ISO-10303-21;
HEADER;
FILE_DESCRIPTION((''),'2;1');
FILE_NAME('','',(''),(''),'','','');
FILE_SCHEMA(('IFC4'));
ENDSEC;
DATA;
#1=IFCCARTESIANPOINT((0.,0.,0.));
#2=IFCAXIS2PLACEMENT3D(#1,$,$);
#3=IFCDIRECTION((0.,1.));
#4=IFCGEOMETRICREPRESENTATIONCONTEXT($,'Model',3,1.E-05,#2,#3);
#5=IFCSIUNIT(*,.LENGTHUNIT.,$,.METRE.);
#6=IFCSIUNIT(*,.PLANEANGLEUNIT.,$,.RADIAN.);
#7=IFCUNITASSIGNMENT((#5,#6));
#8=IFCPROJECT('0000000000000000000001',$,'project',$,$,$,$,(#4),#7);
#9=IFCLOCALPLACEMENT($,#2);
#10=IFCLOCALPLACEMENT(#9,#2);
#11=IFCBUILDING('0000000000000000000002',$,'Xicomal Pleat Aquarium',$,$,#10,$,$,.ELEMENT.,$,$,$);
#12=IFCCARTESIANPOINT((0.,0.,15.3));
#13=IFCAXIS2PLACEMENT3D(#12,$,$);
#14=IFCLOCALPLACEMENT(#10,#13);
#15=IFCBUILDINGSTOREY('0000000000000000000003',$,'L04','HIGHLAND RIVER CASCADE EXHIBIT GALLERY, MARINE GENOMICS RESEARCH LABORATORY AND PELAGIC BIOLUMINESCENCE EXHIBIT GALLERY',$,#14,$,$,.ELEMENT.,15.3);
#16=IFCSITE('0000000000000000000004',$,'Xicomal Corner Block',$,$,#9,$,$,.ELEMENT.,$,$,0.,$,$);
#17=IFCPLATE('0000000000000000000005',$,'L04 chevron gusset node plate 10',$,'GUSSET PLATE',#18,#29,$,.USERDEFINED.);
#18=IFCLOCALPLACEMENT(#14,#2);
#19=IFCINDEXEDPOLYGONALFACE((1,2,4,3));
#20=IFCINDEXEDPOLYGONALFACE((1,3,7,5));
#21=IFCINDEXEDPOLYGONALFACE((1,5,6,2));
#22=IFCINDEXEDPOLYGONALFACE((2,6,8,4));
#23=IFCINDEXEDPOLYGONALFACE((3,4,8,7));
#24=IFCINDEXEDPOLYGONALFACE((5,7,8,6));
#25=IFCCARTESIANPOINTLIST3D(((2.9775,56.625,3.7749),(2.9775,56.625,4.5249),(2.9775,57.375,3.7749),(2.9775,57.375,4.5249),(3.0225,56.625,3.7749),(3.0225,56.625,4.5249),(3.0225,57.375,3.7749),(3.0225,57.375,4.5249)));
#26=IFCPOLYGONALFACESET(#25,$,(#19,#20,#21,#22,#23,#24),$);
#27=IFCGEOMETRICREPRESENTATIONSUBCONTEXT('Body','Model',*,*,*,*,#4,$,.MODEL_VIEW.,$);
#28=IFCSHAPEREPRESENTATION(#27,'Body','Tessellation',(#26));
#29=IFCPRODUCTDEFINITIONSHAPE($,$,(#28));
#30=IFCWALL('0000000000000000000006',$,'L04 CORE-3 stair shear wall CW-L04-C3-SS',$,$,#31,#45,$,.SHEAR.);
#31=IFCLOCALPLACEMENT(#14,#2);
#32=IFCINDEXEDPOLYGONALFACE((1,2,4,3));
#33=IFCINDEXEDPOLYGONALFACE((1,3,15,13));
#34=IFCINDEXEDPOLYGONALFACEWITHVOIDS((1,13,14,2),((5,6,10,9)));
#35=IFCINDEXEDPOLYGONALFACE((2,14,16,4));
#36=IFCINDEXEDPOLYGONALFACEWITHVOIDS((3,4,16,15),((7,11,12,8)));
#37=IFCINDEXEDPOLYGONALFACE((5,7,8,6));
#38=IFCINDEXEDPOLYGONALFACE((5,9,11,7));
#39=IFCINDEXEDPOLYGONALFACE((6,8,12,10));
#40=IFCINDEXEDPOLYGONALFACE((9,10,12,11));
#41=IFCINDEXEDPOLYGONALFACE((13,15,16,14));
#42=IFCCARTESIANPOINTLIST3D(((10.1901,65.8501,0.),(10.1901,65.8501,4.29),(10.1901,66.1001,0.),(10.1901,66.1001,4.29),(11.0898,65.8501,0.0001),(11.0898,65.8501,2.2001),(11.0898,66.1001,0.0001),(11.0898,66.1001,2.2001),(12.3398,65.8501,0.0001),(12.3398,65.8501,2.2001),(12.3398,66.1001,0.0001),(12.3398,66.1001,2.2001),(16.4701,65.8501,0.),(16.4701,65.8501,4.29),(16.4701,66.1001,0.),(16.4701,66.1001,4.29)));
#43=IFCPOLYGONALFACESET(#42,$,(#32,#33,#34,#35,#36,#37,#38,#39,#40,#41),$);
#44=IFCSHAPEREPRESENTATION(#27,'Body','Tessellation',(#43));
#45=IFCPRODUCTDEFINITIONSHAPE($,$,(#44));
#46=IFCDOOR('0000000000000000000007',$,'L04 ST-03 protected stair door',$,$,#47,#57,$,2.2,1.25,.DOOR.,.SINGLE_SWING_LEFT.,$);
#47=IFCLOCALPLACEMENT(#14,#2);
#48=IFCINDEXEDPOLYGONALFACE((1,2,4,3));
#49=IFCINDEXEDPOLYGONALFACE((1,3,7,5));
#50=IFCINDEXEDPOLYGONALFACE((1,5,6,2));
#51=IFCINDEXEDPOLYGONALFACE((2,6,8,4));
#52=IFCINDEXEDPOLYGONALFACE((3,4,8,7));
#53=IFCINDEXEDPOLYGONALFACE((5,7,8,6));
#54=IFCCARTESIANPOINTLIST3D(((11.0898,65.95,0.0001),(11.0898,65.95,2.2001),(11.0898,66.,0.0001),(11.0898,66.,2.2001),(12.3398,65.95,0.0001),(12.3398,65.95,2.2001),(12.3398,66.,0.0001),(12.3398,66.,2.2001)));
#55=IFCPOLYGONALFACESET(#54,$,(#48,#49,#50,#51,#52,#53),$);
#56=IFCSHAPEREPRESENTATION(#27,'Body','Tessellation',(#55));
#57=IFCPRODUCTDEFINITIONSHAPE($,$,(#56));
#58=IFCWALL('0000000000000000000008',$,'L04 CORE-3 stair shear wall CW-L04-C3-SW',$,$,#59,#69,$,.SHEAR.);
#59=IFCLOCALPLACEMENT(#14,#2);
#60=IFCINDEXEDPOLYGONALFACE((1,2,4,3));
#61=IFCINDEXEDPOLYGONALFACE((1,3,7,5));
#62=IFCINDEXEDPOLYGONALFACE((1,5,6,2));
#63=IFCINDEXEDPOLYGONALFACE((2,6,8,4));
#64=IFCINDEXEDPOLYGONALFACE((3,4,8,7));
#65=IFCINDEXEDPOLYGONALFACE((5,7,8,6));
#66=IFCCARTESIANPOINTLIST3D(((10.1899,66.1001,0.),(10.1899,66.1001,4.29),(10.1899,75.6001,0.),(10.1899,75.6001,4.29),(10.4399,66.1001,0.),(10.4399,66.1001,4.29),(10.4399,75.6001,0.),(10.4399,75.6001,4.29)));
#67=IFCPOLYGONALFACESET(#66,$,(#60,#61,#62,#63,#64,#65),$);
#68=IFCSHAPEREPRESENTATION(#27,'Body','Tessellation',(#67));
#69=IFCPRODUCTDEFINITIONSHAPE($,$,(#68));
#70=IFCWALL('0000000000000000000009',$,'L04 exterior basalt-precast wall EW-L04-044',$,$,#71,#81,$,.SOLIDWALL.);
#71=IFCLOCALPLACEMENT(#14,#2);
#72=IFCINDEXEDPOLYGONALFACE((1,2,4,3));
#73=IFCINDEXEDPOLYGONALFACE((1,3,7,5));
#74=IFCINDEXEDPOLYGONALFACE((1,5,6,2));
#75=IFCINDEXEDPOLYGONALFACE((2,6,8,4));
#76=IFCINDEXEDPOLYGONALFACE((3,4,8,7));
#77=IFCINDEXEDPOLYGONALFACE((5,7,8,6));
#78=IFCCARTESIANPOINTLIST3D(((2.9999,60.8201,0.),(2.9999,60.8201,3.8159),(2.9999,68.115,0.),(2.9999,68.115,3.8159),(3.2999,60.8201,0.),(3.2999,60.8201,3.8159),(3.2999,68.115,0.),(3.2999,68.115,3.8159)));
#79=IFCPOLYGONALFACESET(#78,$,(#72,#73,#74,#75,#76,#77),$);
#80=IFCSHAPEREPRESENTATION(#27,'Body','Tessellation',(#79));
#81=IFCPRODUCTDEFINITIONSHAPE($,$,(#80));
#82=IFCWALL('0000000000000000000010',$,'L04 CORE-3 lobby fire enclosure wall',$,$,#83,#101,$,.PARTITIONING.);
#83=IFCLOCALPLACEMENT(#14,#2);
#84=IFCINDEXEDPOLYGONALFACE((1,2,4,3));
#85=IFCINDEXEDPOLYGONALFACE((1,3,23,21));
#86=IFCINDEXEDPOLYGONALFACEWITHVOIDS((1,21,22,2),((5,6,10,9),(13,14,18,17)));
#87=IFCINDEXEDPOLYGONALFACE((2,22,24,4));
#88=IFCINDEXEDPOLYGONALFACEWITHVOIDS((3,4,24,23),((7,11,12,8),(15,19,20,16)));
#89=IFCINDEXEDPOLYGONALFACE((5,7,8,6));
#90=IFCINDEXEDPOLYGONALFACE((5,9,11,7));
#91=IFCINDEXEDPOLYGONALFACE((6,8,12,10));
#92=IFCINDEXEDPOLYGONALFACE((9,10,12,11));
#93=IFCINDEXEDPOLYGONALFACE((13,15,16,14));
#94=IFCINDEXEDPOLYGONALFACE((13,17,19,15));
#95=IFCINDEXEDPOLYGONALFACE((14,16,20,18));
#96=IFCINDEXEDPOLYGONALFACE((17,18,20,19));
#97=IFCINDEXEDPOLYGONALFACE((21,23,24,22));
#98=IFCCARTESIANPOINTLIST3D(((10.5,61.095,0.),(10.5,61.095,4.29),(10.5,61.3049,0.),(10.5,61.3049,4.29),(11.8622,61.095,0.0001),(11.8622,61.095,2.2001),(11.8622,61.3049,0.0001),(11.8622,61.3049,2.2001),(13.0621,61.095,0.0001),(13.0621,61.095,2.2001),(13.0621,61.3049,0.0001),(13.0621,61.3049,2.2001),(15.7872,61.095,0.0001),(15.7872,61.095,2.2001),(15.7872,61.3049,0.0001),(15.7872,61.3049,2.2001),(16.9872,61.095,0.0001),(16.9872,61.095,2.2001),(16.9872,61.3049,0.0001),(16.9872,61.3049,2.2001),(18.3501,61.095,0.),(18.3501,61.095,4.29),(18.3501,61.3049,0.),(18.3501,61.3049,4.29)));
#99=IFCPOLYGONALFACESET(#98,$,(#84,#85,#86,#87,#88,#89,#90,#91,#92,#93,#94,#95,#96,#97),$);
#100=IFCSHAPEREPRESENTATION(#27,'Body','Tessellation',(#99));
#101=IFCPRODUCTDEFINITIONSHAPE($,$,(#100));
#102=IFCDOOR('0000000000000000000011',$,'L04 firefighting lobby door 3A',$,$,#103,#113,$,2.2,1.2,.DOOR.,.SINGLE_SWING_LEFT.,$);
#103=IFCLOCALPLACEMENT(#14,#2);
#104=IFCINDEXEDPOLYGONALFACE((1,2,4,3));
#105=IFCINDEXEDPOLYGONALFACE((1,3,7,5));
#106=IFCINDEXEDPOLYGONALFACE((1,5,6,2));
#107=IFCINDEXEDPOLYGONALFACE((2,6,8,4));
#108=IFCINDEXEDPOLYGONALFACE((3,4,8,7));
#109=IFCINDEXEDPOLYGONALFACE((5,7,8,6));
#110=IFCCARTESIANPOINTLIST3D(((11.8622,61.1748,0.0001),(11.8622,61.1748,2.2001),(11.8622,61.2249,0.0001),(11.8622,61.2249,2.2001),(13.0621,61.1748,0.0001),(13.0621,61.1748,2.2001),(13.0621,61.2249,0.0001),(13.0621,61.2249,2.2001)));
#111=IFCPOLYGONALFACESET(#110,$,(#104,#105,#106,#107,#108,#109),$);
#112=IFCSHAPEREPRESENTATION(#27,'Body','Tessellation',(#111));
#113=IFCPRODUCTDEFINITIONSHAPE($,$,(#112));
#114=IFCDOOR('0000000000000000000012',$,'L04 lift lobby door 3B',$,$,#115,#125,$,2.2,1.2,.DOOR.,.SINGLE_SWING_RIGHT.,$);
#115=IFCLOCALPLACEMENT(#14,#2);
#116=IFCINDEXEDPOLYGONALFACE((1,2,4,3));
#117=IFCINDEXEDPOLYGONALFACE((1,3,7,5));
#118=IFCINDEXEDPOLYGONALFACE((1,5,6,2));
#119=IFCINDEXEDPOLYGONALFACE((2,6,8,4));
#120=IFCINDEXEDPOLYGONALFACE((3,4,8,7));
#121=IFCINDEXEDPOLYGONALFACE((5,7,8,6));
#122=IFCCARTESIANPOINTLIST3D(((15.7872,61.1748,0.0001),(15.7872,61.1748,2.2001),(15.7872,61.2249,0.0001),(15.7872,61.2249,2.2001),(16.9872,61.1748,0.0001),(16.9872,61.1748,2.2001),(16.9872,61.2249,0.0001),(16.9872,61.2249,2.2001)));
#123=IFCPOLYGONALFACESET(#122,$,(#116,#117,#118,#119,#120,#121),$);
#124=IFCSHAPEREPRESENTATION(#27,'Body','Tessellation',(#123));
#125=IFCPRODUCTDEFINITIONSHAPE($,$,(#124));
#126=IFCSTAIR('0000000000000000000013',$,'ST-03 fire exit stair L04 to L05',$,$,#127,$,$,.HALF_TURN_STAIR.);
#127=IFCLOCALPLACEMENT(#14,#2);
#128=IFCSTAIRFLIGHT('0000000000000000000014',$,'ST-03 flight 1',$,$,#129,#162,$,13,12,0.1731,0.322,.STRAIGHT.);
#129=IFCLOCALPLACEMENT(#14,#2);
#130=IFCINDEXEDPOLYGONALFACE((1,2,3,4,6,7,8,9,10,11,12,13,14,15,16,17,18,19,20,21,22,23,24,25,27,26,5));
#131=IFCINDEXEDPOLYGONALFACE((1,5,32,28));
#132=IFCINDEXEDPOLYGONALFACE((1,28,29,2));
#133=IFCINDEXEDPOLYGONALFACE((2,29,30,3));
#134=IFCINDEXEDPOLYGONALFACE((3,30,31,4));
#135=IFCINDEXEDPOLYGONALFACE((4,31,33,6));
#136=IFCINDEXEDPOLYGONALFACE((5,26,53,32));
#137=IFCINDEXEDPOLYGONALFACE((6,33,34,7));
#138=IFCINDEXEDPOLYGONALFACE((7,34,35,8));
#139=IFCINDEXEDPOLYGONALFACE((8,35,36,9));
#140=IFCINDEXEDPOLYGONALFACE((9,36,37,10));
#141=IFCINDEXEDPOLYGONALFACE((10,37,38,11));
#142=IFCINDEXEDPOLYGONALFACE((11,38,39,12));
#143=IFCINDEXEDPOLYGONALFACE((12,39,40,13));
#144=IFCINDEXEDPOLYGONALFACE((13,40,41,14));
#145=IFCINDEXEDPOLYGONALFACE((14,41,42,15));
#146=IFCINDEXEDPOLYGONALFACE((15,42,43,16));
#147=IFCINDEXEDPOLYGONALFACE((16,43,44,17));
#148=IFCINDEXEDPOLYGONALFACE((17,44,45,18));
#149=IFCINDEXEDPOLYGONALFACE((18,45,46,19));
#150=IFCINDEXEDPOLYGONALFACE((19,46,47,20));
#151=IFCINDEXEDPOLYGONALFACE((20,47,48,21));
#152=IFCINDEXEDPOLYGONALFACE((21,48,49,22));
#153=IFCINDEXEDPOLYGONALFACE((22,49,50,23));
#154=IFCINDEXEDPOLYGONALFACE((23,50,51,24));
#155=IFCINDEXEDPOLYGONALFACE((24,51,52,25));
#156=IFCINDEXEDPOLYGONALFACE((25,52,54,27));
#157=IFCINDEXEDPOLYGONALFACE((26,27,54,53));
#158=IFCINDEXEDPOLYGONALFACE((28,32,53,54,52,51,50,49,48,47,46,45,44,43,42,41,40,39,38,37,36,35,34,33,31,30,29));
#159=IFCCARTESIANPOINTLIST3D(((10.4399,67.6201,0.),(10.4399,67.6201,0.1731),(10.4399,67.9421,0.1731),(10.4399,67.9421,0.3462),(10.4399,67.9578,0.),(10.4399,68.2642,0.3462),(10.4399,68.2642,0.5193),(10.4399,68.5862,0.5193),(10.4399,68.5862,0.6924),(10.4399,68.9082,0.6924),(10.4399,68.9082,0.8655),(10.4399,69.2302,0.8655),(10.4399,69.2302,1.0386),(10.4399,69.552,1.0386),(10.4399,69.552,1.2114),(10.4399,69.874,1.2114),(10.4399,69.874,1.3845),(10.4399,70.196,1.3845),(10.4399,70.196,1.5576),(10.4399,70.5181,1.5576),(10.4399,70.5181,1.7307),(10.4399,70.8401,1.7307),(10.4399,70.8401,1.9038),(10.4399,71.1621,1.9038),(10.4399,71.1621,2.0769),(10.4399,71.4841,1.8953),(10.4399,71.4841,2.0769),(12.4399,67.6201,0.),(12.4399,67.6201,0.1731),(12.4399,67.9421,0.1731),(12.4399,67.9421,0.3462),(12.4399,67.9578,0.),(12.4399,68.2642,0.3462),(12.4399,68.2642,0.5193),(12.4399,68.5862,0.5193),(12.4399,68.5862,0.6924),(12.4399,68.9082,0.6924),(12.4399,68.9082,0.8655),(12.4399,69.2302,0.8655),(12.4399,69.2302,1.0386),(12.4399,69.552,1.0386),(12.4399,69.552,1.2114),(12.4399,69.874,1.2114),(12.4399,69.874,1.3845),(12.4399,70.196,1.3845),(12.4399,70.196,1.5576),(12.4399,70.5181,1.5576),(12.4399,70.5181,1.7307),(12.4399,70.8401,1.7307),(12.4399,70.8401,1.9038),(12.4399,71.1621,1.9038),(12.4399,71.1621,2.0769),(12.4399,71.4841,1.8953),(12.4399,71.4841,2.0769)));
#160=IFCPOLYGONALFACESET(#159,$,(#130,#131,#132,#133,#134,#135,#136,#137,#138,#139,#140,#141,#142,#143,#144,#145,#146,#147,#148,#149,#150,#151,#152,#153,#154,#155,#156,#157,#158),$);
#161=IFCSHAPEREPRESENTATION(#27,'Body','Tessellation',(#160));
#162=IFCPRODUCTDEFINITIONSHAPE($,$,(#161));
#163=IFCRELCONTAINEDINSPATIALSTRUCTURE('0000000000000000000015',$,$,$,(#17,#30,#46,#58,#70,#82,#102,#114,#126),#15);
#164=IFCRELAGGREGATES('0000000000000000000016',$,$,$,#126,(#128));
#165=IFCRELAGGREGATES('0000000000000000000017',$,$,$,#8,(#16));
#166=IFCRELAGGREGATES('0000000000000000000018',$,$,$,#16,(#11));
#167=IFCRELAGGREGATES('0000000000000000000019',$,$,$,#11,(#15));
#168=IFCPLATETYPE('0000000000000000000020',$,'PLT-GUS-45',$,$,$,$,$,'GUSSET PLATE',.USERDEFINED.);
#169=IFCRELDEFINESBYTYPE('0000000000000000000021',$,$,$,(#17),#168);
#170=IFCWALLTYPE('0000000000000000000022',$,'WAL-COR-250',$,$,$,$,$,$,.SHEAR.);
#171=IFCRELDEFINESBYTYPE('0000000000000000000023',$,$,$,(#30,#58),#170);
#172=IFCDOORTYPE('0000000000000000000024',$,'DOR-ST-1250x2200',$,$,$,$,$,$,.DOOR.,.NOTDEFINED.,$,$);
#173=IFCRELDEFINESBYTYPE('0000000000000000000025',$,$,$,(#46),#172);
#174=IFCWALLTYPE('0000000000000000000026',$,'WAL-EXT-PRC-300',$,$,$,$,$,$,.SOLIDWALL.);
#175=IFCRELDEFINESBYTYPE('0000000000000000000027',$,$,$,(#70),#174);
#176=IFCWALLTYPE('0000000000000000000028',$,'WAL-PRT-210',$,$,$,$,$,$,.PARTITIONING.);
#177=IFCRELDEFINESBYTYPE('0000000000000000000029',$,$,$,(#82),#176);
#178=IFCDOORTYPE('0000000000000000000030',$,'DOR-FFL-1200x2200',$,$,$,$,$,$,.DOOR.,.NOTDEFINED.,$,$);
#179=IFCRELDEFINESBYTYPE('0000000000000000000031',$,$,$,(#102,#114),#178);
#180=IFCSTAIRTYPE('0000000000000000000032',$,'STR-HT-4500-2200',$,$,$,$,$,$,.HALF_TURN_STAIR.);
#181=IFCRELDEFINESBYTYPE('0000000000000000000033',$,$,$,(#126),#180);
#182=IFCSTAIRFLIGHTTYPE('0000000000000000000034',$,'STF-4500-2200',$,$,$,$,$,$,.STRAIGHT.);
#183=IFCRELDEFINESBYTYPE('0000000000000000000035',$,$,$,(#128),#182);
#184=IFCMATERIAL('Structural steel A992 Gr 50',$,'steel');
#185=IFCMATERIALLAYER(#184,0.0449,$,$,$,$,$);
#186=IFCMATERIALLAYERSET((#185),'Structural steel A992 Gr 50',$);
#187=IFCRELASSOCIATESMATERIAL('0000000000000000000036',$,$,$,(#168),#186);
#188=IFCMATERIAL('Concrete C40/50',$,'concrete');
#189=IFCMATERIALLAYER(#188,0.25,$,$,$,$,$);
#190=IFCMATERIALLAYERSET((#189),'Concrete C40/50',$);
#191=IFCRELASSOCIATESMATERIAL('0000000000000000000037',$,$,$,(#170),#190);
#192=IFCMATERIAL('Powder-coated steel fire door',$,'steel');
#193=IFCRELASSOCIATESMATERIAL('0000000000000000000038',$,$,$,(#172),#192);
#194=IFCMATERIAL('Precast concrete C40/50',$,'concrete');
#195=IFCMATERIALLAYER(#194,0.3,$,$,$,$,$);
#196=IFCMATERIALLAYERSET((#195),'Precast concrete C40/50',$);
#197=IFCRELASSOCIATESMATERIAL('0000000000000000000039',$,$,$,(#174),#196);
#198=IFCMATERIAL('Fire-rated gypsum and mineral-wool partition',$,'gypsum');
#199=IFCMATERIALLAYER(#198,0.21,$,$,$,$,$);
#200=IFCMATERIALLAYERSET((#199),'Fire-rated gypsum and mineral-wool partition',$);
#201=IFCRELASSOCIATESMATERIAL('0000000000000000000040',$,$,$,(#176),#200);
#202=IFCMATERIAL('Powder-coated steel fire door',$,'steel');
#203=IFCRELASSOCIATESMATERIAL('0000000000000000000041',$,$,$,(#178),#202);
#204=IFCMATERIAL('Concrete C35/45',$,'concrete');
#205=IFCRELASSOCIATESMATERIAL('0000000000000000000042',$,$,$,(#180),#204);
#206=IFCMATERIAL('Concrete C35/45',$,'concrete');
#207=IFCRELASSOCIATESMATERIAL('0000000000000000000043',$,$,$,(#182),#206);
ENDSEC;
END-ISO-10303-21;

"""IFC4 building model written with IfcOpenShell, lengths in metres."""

from ifc_helpers import new_model, si_unit, direction, frame, frame_2d, origin, origin_2d, place, context, subcontext, project, spatial, polyline, rectangle, outline, extrude, material, layer, layer_set, type_object, element, fill, aggregate, save


model = new_model("IFC4")

# Units and contexts
model_context = context("Model", 3, precision=1e-05, world=origin(), true_north=direction((0.0, 1.0)))
body_context = subcontext(model_context, "Body", "Model", "MODEL_VIEW")
ifc_project = project(units=[si_unit("LENGTHUNIT", "METRE"), si_unit("PLANEANGLEUNIT", "RADIAN")], contexts=[model_context])

# Site, building, storey
site_placement = place(None, origin())
site = spatial("IfcSite", under=ifc_project, at=site_placement, Name="Xicomal Corner Block", CompositionType="ELEMENT", RefElevation=0.0)
building_placement = place(site_placement, origin())
building = spatial("IfcBuilding", under=site, at=building_placement, Name="Xicomal Pleat Aquarium", CompositionType="ELEMENT")
storey_placement = place(building_placement, frame((0.0, 0.0, 15.3)))
storey = spatial("IfcBuildingStorey", under=building, at=storey_placement, Name="L04", Description="HIGHLAND RIVER CASCADE EXHIBIT GALLERY, MARINE GENOMICS RESEARCH LABORATORY AND PELAGIC BIOLUMINESCENCE EXHIBIT GALLERY", CompositionType="ELEMENT", Elevation=15.3)

# Plate
ifc_material_1 = material(Name="Structural steel A992 Gr 50", Category="steel")
ifc_layer_1 = layer(ifc_material_1, 0.0449)
ifc_layer_set_1 = layer_set([ifc_layer_1], Name="Structural steel A992 Gr 50")
plate_type = type_object("IfcPlateType", Name="PLT-GUS-45", ElementType="GUSSET PLATE", PredefinedType="USERDEFINED", material=ifc_layer_set_1)
plate_placement = place(storey_placement, frame((3.0, 57.0, 3.7749), z_axis=(0.0, 0.0, 1.0), x_axis=(0.0, 1.0, 0.0)))
element("IfcPlate", 1, at=plate_placement, inside=storey, type_object=plate_type, Name="L04 chevron gusset node plate 10", ObjectType="GUSSET PLATE", PredefinedType="USERDEFINED", context=body_context, shape_type="SweptSolid", body=[
    extrude(rectangle(XDim=0.75, YDim=0.0449, at=origin_2d()), origin(), (0.0, 0.0, 1.0), 0.75),
])

# Wall, opening, door
ifc_material_2 = material(Name="Concrete C40/50", Category="concrete")
ifc_layer_2 = layer(ifc_material_2, 0.25)
ifc_layer_set_2 = layer_set([ifc_layer_2], Name="Concrete C40/50")
wall_type_1 = type_object("IfcWallType", Name="WAL-COR-250", PredefinedType="SHEAR", material=ifc_layer_set_2)
wall_1_placement = place(storey_placement, frame((10.1899, 65.9751, 0.0), z_axis=(0.0, 0.0, 1.0), x_axis=(1.0, 0.0, 0.0)))
wall_1 = element("IfcWall", 2, at=wall_1_placement, inside=storey, type_object=wall_type_1, Name="L04 CORE-3 stair shear wall CW-L04-C3-SS", PredefinedType="SHEAR", context=body_context, shape_type="SweptSolid", body=[
    extrude(rectangle(XDim=6.28, YDim=0.25, at=frame_2d((3.1401, 0.0))), origin(), (0.0, 0.0, 1.0), 4.29),
])
opening_1_placement = place(wall_1_placement, frame((0.8999, 0.0, 0.0)))
opening_1 = element("IfcOpeningElement", 3, at=opening_1_placement, cuts=wall_1, PredefinedType="OPENING", context=body_context, shape_type="SweptSolid", body=[
    extrude(rectangle(XDim=1.25, YDim=2.2, at=frame_2d((0.625, 1.1001))), frame((0.0, 0.135, 0.0), z_axis=(0.0, -1.0, 0.0), x_axis=(1.0, 0.0, 0.0)), (0.0, 0.0, 1.0), 0.27),
])
ifc_material_3 = material(Name="Powder-coated steel fire door", Category="steel")
door_type_1 = type_object("IfcDoorType", Name="DOR-ST-1250x2200", OperationType="NOTDEFINED", PredefinedType="DOOR", material=ifc_material_3)
door_1_placement = place(opening_1_placement, origin())
door_1 = element("IfcDoor", 4, at=door_1_placement, inside=storey, type_object=door_type_1, Name="L04 ST-03 protected stair door", OperationType="SINGLE_SWING_LEFT", OverallHeight=2.2, OverallWidth=1.25, PredefinedType="DOOR", context=body_context, shape_type="SweptSolid", body=[
    extrude(rectangle(XDim=1.25, YDim=2.2, at=frame_2d((0.625, 1.1001))), frame((0.0, 0.0249, 0.0), z_axis=(0.0, -1.0, 0.0), x_axis=(1.0, 0.0, 0.0)), (0.0, 0.0, 1.0), 0.05),
])
fill(opening_1, door_1)

# Walls
wall_2_placement = place(storey_placement, frame((10.3149, 66.1001, 0.0), z_axis=(0.0, 0.0, 1.0), x_axis=(0.0, 1.0, 0.0)))
element("IfcWall", 5, at=wall_2_placement, inside=storey, type_object=wall_type_1, Name="L04 CORE-3 stair shear wall CW-L04-C3-SW", PredefinedType="SHEAR", context=body_context, shape_type="SweptSolid", body=[
    extrude(rectangle(XDim=9.5, YDim=0.25, at=frame_2d((4.75, 0.0))), origin(), (0.0, 0.0, 1.0), 4.29),
])
ifc_material_4 = material(Name="Precast concrete C40/50", Category="concrete")
ifc_layer_3 = layer(ifc_material_4, 0.3)
ifc_layer_set_3 = layer_set([ifc_layer_3], Name="Precast concrete C40/50")
wall_type_2 = type_object("IfcWallType", Name="WAL-EXT-PRC-300", PredefinedType="SOLIDWALL", material=ifc_layer_set_3)
wall_3_placement = place(storey_placement, frame((3.1499, 60.8201, 0.0), z_axis=(0.0, 0.0, 1.0), x_axis=(0.0, 1.0, 0.0)))
element("IfcWall", 6, at=wall_3_placement, inside=storey, type_object=wall_type_2, Name="L04 exterior basalt-precast wall EW-L04-044", PredefinedType="SOLIDWALL", context=body_context, shape_type="SweptSolid", body=[
    extrude(rectangle(XDim=7.2949, YDim=0.3, at=frame_2d((3.6475, 0.0))), origin(), (0.0, 0.0, 1.0), 3.8159),
])

# Wall, openings, doors
ifc_material_5 = material(Name="Fire-rated gypsum and mineral-wool partition", Category="gypsum")
ifc_layer_4 = layer(ifc_material_5, 0.21)
ifc_layer_set_4 = layer_set([ifc_layer_4], Name="Fire-rated gypsum and mineral-wool partition")
wall_type_3 = type_object("IfcWallType", Name="WAL-PRT-210", PredefinedType="PARTITIONING", material=ifc_layer_set_4)
wall_4_placement = place(storey_placement, frame((10.5, 61.2, 0.0), z_axis=(0.0, 0.0, 1.0), x_axis=(1.0, 0.0, 0.0)))
wall_4 = element("IfcWall", 7, at=wall_4_placement, inside=storey, type_object=wall_type_3, Name="L04 CORE-3 lobby fire enclosure wall", PredefinedType="PARTITIONING", context=body_context, shape_type="SweptSolid", body=[
    extrude(rectangle(XDim=7.8501, YDim=0.21, at=frame_2d((3.925, 0.0))), origin(), (0.0, 0.0, 1.0), 4.29),
])
opening_2_placement = place(wall_4_placement, frame((1.3621, 0.0, 0.0)))
opening_2 = element("IfcOpeningElement", 8, at=opening_2_placement, cuts=wall_4, PredefinedType="OPENING", context=body_context, shape_type="SweptSolid", body=[
    extrude(rectangle(XDim=1.2, YDim=2.2, at=frame_2d((0.6001, 1.1001))), frame((0.0, 0.115, 0.0), z_axis=(0.0, -1.0, 0.0), x_axis=(1.0, 0.0, 0.0)), (0.0, 0.0, 1.0), 0.23),
])
opening_3_placement = place(wall_4_placement, frame((5.2871, 0.0, 0.0)))
opening_3 = element("IfcOpeningElement", 9, at=opening_3_placement, cuts=wall_4, PredefinedType="OPENING", context=body_context, shape_type="SweptSolid", body=[
    extrude(rectangle(XDim=1.2, YDim=2.2, at=frame_2d((0.6001, 1.1001))), frame((0.0, 0.115, 0.0), z_axis=(0.0, -1.0, 0.0), x_axis=(1.0, 0.0, 0.0)), (0.0, 0.0, 1.0), 0.23),
])
ifc_material_6 = material(Name="Powder-coated steel fire door", Category="steel")
door_type_2 = type_object("IfcDoorType", Name="DOR-FFL-1200x2200", OperationType="NOTDEFINED", PredefinedType="DOOR", material=ifc_material_6)
door_2_placement = place(opening_2_placement, origin())
door_2 = element("IfcDoor", 10, at=door_2_placement, inside=storey, type_object=door_type_2, Name="L04 firefighting lobby door 3A", OperationType="SINGLE_SWING_LEFT", OverallHeight=2.2, OverallWidth=1.2, PredefinedType="DOOR", context=body_context, shape_type="SweptSolid", body=[
    extrude(rectangle(XDim=1.2, YDim=2.2, at=frame_2d((0.6001, 1.1001))), frame((0.0, 0.0249, 0.0), z_axis=(0.0, -1.0, 0.0), x_axis=(1.0, 0.0, 0.0)), (0.0, 0.0, 1.0), 0.05),
])
fill(opening_2, door_2)
door_3_placement = place(opening_3_placement, origin())
door_3 = element("IfcDoor", 11, at=door_3_placement, inside=storey, type_object=door_type_2, Name="L04 lift lobby door 3B", OperationType="SINGLE_SWING_RIGHT", OverallHeight=2.2, OverallWidth=1.2, PredefinedType="DOOR", context=body_context, shape_type="SweptSolid", body=[
    extrude(rectangle(XDim=1.2, YDim=2.2, at=frame_2d((0.6001, 1.1001))), frame((0.0, 0.0249, 0.0), z_axis=(0.0, -1.0, 0.0), x_axis=(1.0, 0.0, 0.0)), (0.0, 0.0, 1.0), 0.05),
])
fill(opening_3, door_3)

# Stair, stair flight
ifc_material_7 = material(Name="Concrete C35/45", Category="concrete")
stair_type = type_object("IfcStairType", Name="STR-HT-4500-2200", PredefinedType="HALF_TURN_STAIR", material=ifc_material_7)
stair_placement = place(storey_placement, origin())
stair = element("IfcStair", 12, at=stair_placement, inside=storey, type_object=stair_type, Name="ST-03 fire exit stair L04 to L05", PredefinedType="HALF_TURN_STAIR")
ifc_material_8 = material(Name="Concrete C35/45", Category="concrete")
stair_flight_type = type_object("IfcStairFlightType", Name="STF-4500-2200", PredefinedType="STRAIGHT", material=ifc_material_8)
stair_flight_placement = place(storey_placement, frame((11.4399, 67.6201, 0.0), z_axis=(0.0, 0.0, 1.0), x_axis=(0.0, 1.0, 0.0)))
stair_flight = element("IfcStairFlight", 13, at=stair_flight_placement, type_object=stair_flight_type, Name="ST-03 flight 1", NumberOfRisers=13, NumberOfTreads=12, PredefinedType="STRAIGHT", RiserHeight=0.1731, TreadLength=0.322, context=body_context, shape_type="SweptSolid", body=[
    extrude(outline(polyline([(0.0, 0.0), (0.0, 0.1731), (0.322, 0.1731), (0.322, 0.3462), (0.644, 0.3462), (0.644, 0.5193), (0.9661, 0.5193), (0.9661, 0.6924), (1.2881, 0.6924), (1.2881, 0.8655), (1.6101, 0.8655), (1.6101, 1.0386), (1.9319, 1.0386), (1.9319, 1.2114), (2.2539, 1.2114), (2.2539, 1.3845), (2.5759, 1.3845), (2.5759, 1.5576), (2.8979, 1.5576), (2.8979, 1.7307), (3.22, 1.7307), (3.22, 1.9038), (3.542, 1.9038), (3.542, 2.0769), (3.864, 2.0769), (3.864, 2.25), (3.864, 1.8953), (0.3376, 0.0), (0.0, 0.0)])), frame((0.0, 1.0, 0.0), z_axis=(0.0, -1.0, 0.0), x_axis=(1.0, 0.0, 0.0)), (0.0, 0.0, 1.0), 2.0),
])
aggregate(stair, [stair_flight])

save(model, "model.ifc")
